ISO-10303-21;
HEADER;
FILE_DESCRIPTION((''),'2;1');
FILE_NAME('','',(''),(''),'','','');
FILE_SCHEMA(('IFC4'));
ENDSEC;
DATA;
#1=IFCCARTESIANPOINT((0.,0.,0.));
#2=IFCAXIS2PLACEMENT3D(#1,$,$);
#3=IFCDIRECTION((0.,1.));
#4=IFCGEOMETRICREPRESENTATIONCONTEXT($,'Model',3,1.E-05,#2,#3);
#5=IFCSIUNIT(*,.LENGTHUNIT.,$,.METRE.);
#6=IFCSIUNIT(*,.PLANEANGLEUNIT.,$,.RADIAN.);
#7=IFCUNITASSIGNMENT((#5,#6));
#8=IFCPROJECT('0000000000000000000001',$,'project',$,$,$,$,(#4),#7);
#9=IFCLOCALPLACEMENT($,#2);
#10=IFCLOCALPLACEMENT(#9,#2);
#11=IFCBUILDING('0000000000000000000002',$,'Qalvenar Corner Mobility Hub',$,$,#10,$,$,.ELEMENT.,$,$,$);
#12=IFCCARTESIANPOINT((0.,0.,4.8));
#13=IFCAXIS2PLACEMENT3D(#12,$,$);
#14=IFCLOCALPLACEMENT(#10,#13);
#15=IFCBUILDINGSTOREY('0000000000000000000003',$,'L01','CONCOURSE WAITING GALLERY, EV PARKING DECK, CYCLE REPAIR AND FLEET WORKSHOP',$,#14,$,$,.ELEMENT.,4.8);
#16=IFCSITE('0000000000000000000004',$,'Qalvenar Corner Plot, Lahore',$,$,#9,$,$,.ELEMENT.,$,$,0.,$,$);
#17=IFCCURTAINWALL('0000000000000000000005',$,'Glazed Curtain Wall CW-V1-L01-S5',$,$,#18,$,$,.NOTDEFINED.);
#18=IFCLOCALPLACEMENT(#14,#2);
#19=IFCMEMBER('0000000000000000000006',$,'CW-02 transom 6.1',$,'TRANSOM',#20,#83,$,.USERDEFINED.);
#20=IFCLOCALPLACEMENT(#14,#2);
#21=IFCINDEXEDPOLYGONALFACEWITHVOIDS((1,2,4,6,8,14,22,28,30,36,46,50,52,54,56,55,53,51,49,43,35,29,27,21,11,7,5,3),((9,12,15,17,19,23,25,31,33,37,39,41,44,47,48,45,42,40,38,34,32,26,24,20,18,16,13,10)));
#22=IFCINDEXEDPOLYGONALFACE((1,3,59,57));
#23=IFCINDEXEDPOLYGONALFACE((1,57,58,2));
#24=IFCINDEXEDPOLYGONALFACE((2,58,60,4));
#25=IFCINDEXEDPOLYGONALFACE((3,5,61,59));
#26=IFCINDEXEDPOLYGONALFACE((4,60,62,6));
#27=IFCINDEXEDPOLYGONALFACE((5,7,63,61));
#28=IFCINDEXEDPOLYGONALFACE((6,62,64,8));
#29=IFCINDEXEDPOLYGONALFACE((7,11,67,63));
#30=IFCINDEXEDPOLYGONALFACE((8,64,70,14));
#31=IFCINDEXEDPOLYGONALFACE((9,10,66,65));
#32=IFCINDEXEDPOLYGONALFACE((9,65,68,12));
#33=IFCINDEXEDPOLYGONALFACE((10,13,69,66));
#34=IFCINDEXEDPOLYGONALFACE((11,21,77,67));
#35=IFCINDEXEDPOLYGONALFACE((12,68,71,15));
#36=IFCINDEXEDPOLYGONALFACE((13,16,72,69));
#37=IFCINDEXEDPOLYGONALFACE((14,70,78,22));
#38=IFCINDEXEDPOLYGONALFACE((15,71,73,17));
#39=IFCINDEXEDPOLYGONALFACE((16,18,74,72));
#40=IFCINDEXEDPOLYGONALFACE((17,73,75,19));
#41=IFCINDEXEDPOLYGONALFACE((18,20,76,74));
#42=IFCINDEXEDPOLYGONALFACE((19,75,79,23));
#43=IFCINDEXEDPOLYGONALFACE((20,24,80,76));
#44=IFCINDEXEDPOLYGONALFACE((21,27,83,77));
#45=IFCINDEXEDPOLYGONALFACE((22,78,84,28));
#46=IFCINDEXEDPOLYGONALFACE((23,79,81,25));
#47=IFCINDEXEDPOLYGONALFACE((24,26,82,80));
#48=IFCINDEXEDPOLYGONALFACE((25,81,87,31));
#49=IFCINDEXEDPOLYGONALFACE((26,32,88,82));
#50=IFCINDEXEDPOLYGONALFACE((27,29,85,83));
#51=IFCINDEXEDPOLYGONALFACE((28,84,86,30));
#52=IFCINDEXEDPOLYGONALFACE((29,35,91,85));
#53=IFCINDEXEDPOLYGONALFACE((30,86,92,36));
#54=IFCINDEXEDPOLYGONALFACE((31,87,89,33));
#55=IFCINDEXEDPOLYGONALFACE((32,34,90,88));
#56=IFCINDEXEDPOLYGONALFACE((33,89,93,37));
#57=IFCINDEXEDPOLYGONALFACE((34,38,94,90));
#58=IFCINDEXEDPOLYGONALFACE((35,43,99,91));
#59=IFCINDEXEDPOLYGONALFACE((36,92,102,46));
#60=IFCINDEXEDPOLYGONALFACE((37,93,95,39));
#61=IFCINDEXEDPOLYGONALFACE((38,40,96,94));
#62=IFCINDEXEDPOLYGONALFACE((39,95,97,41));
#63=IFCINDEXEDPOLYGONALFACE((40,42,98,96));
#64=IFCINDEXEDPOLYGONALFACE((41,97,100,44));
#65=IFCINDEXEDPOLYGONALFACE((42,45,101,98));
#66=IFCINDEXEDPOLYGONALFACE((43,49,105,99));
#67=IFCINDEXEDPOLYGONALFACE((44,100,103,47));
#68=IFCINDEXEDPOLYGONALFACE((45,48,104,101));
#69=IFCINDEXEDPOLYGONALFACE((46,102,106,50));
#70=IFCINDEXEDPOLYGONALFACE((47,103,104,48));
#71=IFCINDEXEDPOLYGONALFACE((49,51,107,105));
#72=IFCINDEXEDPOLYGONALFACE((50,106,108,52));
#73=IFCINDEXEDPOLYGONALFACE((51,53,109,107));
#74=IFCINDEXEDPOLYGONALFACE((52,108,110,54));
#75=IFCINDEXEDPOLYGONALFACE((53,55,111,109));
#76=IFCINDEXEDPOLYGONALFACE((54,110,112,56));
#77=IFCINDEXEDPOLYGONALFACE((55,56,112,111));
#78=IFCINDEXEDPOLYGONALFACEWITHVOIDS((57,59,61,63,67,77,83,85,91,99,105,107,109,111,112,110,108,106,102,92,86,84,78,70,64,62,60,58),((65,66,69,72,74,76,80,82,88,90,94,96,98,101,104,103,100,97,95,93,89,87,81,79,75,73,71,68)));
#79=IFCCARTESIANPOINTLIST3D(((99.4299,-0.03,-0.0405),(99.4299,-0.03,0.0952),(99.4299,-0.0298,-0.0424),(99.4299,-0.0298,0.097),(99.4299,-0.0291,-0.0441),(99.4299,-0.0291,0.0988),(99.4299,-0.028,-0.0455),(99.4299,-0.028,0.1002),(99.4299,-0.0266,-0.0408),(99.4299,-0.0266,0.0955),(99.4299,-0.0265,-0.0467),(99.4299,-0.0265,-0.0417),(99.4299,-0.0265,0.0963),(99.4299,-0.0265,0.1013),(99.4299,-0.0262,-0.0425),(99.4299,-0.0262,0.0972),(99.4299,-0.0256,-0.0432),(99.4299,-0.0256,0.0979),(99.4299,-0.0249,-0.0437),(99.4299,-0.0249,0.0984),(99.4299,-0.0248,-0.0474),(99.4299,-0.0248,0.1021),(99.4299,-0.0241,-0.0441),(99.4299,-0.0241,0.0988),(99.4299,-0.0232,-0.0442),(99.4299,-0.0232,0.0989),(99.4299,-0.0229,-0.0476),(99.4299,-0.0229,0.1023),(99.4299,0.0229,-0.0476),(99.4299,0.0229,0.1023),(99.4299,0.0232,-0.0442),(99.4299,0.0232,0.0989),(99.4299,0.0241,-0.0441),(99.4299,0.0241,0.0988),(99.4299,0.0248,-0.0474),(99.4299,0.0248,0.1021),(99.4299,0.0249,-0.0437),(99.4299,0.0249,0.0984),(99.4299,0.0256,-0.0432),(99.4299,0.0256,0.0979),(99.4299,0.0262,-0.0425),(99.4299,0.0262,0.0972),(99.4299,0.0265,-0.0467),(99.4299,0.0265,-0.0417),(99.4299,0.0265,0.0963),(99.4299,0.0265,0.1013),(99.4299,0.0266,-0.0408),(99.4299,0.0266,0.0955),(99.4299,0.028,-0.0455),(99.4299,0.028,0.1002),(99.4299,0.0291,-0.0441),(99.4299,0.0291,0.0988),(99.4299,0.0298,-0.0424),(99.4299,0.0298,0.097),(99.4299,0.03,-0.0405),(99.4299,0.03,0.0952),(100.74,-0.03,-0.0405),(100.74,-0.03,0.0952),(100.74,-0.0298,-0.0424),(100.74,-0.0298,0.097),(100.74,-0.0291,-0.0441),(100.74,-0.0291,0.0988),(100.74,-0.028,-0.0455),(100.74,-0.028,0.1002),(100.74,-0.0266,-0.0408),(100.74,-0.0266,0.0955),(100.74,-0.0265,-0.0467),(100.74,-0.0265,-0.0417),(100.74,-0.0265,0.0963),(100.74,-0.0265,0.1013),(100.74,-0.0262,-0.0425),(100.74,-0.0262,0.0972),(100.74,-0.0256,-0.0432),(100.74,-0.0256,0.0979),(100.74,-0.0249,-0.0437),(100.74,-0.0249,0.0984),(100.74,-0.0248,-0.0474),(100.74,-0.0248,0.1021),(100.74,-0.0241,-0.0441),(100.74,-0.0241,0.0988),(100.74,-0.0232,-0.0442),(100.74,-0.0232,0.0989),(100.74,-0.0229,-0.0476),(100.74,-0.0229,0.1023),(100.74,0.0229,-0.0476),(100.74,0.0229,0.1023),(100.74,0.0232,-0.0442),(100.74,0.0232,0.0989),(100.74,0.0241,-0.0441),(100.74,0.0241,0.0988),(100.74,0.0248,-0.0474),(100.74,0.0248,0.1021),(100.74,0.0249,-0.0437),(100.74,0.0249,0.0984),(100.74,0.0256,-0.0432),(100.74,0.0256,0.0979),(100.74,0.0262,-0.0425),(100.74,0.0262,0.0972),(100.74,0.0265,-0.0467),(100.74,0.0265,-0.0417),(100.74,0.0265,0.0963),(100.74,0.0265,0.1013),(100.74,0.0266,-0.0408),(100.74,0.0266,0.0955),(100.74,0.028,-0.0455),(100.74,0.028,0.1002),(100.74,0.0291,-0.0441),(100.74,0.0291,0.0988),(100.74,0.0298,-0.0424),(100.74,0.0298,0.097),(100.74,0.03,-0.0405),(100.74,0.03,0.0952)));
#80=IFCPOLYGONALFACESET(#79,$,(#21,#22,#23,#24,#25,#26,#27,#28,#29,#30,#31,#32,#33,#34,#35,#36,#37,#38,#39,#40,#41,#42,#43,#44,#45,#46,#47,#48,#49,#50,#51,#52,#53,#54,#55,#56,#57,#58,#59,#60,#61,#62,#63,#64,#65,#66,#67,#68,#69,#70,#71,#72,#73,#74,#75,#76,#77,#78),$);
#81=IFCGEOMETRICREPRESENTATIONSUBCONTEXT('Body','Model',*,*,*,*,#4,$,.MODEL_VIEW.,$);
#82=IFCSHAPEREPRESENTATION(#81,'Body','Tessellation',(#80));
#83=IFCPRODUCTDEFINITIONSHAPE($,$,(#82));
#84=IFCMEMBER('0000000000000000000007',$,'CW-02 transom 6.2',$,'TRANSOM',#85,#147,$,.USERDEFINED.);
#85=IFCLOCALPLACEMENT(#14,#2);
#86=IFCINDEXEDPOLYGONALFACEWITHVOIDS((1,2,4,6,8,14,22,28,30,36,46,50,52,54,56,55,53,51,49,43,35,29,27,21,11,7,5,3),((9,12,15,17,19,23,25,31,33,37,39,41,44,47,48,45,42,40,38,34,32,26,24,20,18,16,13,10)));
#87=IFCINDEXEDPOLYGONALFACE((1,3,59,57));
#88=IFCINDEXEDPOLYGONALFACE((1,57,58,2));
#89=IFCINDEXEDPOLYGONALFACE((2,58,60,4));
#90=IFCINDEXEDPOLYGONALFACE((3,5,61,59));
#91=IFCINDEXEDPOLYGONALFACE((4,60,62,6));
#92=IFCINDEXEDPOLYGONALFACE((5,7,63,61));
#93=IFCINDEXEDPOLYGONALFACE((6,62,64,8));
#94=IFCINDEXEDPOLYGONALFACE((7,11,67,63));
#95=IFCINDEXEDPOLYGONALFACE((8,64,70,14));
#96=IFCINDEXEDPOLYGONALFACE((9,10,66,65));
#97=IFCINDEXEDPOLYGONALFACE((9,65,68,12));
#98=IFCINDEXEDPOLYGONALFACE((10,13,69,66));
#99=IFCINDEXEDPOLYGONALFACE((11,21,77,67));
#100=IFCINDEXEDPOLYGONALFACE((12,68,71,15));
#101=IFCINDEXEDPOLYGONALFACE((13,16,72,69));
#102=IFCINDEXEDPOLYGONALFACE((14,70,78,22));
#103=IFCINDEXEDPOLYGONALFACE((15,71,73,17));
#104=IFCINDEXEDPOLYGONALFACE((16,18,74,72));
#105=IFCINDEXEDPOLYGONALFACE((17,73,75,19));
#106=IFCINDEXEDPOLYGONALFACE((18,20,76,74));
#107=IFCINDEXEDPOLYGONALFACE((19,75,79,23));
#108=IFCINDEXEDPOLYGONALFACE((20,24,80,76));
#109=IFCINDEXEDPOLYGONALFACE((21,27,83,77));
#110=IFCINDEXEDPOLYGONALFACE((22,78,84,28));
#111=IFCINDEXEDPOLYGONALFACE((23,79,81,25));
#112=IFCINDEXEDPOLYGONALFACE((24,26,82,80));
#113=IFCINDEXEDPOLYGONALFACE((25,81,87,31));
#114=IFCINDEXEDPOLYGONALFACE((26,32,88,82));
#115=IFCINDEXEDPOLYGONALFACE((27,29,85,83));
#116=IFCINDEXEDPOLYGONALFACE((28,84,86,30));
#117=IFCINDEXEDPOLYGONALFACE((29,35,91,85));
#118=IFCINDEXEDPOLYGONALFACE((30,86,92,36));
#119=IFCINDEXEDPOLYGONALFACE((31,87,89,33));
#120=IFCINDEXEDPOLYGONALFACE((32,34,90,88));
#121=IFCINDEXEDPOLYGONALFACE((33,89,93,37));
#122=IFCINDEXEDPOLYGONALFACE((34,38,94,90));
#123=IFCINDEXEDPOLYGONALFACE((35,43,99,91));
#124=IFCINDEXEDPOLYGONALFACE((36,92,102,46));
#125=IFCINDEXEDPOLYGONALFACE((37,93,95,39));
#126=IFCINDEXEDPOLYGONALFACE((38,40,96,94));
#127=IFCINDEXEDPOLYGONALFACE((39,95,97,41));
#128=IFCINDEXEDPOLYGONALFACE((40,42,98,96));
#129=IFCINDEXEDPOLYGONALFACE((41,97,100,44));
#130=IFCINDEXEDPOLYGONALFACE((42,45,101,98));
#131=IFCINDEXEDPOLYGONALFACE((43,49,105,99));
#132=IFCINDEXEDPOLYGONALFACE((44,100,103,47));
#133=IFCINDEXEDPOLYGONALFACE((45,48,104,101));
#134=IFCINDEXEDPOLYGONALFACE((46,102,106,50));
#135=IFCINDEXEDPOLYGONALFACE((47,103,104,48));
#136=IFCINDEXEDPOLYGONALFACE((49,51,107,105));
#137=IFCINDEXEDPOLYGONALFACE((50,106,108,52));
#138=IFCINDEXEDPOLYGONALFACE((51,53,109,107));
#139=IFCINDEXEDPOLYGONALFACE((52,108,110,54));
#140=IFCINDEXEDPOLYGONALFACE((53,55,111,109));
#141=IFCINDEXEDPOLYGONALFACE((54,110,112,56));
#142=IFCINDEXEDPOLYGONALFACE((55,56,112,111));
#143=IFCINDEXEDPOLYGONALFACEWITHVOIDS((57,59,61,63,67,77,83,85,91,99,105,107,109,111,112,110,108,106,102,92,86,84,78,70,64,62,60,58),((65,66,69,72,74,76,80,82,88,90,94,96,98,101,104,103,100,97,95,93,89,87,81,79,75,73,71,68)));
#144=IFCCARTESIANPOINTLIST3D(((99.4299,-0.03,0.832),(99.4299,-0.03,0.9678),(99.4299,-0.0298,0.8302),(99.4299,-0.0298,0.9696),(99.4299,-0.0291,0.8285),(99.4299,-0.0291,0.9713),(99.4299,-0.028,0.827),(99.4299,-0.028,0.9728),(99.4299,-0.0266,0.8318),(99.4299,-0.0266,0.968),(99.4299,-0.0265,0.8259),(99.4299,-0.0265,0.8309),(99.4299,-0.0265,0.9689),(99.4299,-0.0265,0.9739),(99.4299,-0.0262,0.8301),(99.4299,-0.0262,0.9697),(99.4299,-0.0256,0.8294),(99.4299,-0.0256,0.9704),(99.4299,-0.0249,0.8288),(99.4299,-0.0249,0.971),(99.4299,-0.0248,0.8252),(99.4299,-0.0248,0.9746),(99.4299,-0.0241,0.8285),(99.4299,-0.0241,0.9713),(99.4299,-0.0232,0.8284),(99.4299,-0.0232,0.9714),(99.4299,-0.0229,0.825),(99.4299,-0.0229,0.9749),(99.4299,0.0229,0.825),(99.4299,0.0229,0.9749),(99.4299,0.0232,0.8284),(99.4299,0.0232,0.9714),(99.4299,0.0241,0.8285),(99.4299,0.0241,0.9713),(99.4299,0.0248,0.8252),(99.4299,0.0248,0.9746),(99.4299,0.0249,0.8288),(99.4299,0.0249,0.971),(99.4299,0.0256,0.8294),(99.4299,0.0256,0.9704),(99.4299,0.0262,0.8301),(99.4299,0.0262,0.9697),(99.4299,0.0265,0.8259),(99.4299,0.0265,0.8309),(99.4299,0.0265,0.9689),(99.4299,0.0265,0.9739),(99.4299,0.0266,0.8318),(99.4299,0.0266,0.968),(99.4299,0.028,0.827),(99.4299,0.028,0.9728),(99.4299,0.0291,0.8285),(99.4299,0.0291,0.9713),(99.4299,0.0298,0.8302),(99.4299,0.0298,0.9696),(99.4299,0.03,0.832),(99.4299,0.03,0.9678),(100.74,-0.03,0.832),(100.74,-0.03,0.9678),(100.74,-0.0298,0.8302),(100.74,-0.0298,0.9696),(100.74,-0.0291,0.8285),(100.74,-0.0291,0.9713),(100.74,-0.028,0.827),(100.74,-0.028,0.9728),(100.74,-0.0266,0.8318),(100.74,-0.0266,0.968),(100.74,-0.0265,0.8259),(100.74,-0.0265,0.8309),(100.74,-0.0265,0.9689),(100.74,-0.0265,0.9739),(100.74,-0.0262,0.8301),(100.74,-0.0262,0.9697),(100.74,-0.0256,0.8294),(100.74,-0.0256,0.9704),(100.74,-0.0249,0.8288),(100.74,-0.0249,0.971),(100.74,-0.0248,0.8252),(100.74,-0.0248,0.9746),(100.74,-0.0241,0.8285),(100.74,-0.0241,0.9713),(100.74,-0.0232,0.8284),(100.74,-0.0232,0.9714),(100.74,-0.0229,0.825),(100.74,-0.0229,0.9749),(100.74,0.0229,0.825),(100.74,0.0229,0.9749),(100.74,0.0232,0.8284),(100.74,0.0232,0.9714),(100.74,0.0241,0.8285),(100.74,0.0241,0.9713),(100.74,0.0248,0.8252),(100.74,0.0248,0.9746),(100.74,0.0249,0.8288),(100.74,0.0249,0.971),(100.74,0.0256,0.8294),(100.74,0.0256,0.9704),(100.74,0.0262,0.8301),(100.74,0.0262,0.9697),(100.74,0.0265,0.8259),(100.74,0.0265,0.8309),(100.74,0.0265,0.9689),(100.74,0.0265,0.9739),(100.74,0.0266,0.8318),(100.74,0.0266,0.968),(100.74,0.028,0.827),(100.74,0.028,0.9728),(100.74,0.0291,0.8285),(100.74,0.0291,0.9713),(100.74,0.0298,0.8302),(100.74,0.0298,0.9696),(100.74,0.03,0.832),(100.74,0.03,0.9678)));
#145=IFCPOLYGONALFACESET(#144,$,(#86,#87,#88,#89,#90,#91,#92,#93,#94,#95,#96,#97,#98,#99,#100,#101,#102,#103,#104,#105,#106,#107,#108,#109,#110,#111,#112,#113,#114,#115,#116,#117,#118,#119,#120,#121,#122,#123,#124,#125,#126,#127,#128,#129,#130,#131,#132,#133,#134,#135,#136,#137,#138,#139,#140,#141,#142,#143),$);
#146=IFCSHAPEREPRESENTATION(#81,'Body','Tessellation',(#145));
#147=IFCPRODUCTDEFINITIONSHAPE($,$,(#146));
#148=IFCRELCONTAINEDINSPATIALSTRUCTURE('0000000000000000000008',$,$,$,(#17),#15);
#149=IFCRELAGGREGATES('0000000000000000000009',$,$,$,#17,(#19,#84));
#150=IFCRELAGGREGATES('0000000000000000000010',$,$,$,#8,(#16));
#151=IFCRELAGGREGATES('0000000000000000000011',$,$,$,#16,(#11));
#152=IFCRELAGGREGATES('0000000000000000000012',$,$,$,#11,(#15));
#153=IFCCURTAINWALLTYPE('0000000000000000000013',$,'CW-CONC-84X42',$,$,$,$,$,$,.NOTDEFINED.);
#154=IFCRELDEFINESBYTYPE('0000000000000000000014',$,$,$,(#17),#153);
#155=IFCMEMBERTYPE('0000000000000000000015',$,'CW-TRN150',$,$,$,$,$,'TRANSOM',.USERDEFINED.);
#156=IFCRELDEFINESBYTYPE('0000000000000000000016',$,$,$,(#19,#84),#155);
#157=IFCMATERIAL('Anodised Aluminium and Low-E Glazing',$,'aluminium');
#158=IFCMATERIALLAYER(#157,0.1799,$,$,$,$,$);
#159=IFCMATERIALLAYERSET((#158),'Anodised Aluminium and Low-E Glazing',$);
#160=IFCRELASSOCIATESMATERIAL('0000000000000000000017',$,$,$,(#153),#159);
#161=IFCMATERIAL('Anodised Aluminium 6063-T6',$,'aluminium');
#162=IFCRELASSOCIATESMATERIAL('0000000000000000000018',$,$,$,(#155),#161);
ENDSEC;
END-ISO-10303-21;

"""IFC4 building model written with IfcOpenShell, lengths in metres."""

from ifc_helpers import new_model, si_unit, direction, frame, origin, origin_2d, place, context, subcontext, project, spatial, hollow_rectangle, extrude, material, layer, layer_set, material_profile, profile_set, type_object, element, aggregate, save


model = new_model("IFC4")

# Units and contexts
model_context = context("Model", 3, precision=1e-05, world=origin(), true_north=direction((0.0, 1.0)))
body_context = subcontext(model_context, "Body", "Model", "MODEL_VIEW")
ifc_project = project(units=[si_unit("LENGTHUNIT", "METRE"), si_unit("PLANEANGLEUNIT", "RADIAN")], contexts=[model_context])

# Site, building, storey
site_placement = place(None, origin())
site = spatial("IfcSite", under=ifc_project, at=site_placement, Name="Qalvenar Corner Plot, Lahore", CompositionType="ELEMENT", RefElevation=0.0)
building_placement = place(site_placement, origin())
building = spatial("IfcBuilding", under=site, at=building_placement, Name="Qalvenar Corner Mobility Hub", CompositionType="ELEMENT")
storey_placement = place(building_placement, frame((0.0, 0.0, 4.8)))
storey = spatial("IfcBuildingStorey", under=building, at=storey_placement, Name="L01", Description="CONCOURSE WAITING GALLERY, EV PARKING DECK, CYCLE REPAIR AND FLEET WORKSHOP", CompositionType="ELEMENT", Elevation=4.8)

# Curtain wall
ifc_material_1 = material(Name="Anodised Aluminium and Low-E Glazing", Category="aluminium")
ifc_layer_1 = layer(ifc_material_1, 0.1799)
ifc_layer_set_1 = layer_set([ifc_layer_1], Name="Anodised Aluminium and Low-E Glazing")
curtain_wall_type = type_object("IfcCurtainWallType", Name="CW-CONC-84X42", PredefinedType="NOTDEFINED", material=ifc_layer_set_1)
curtain_wall_1_placement = place(storey_placement, origin())
curtain_wall_1 = element("IfcCurtainWall", 1, at=curtain_wall_1_placement, inside=storey, type_object=curtain_wall_type, Name="Glazed Curtain Wall CW-V1-L01-S5", PredefinedType="NOTDEFINED")
ifc_material_2 = material(Name="Anodised Aluminium 6063-T6", Category="aluminium")

# Members
ifc_material_profile_1 = material_profile(ifc_material_2, hollow_rectangle(XDim=0.0601, YDim=0.1499, WallThickness=0.0034, InnerFilletRadius=0.0034, OuterFilletRadius=0.0071, at=origin_2d()), Name="RHS150x60x3.5")
ifc_profile_set_1 = profile_set([ifc_material_profile_1], Name="Anodised Aluminium 6063-T6")
member_type_1 = type_object("IfcMemberType", Name="CW-TRN150", ElementType="TRANSOM", PredefinedType="USERDEFINED", material=ifc_profile_set_1)
member_1_placement = place(storey_placement, frame((99.4299, 0.0, 0.0273), z_axis=(1.0, 0.0, 0.0), x_axis=(0.0, 1.0, 0.0)))
member_1 = element("IfcMember", 2, at=member_1_placement, type_object=member_type_1, Name="CW-02 transom 6.1", ObjectType="TRANSOM", PredefinedType="USERDEFINED", context=body_context, shape_type="SweptSolid", body=[
    extrude(hollow_rectangle(XDim=0.0601, YDim=0.1499, WallThickness=0.0034, InnerFilletRadius=0.0034, OuterFilletRadius=0.0071, at=origin_2d()), origin(), (0.0, 0.0, 1.0), 1.3101),
])
member_2_placement = place(storey_placement, frame((99.4299, 0.0, 0.8999), z_axis=(1.0, 0.0, 0.0), x_axis=(0.0, 1.0, 0.0)))
member_2 = element("IfcMember", 3, at=member_2_placement, type_object=member_type_1, Name="CW-02 transom 6.2", ObjectType="TRANSOM", PredefinedType="USERDEFINED", context=body_context, shape_type="SweptSolid", body=[
    extrude(hollow_rectangle(XDim=0.0601, YDim=0.1499, WallThickness=0.0034, InnerFilletRadius=0.0034, OuterFilletRadius=0.0071, at=origin_2d()), origin(), (0.0, 0.0, 1.0), 1.3101),
])

aggregate(curtain_wall_1, [member_1, member_2])

save(model, "model.ifc")
